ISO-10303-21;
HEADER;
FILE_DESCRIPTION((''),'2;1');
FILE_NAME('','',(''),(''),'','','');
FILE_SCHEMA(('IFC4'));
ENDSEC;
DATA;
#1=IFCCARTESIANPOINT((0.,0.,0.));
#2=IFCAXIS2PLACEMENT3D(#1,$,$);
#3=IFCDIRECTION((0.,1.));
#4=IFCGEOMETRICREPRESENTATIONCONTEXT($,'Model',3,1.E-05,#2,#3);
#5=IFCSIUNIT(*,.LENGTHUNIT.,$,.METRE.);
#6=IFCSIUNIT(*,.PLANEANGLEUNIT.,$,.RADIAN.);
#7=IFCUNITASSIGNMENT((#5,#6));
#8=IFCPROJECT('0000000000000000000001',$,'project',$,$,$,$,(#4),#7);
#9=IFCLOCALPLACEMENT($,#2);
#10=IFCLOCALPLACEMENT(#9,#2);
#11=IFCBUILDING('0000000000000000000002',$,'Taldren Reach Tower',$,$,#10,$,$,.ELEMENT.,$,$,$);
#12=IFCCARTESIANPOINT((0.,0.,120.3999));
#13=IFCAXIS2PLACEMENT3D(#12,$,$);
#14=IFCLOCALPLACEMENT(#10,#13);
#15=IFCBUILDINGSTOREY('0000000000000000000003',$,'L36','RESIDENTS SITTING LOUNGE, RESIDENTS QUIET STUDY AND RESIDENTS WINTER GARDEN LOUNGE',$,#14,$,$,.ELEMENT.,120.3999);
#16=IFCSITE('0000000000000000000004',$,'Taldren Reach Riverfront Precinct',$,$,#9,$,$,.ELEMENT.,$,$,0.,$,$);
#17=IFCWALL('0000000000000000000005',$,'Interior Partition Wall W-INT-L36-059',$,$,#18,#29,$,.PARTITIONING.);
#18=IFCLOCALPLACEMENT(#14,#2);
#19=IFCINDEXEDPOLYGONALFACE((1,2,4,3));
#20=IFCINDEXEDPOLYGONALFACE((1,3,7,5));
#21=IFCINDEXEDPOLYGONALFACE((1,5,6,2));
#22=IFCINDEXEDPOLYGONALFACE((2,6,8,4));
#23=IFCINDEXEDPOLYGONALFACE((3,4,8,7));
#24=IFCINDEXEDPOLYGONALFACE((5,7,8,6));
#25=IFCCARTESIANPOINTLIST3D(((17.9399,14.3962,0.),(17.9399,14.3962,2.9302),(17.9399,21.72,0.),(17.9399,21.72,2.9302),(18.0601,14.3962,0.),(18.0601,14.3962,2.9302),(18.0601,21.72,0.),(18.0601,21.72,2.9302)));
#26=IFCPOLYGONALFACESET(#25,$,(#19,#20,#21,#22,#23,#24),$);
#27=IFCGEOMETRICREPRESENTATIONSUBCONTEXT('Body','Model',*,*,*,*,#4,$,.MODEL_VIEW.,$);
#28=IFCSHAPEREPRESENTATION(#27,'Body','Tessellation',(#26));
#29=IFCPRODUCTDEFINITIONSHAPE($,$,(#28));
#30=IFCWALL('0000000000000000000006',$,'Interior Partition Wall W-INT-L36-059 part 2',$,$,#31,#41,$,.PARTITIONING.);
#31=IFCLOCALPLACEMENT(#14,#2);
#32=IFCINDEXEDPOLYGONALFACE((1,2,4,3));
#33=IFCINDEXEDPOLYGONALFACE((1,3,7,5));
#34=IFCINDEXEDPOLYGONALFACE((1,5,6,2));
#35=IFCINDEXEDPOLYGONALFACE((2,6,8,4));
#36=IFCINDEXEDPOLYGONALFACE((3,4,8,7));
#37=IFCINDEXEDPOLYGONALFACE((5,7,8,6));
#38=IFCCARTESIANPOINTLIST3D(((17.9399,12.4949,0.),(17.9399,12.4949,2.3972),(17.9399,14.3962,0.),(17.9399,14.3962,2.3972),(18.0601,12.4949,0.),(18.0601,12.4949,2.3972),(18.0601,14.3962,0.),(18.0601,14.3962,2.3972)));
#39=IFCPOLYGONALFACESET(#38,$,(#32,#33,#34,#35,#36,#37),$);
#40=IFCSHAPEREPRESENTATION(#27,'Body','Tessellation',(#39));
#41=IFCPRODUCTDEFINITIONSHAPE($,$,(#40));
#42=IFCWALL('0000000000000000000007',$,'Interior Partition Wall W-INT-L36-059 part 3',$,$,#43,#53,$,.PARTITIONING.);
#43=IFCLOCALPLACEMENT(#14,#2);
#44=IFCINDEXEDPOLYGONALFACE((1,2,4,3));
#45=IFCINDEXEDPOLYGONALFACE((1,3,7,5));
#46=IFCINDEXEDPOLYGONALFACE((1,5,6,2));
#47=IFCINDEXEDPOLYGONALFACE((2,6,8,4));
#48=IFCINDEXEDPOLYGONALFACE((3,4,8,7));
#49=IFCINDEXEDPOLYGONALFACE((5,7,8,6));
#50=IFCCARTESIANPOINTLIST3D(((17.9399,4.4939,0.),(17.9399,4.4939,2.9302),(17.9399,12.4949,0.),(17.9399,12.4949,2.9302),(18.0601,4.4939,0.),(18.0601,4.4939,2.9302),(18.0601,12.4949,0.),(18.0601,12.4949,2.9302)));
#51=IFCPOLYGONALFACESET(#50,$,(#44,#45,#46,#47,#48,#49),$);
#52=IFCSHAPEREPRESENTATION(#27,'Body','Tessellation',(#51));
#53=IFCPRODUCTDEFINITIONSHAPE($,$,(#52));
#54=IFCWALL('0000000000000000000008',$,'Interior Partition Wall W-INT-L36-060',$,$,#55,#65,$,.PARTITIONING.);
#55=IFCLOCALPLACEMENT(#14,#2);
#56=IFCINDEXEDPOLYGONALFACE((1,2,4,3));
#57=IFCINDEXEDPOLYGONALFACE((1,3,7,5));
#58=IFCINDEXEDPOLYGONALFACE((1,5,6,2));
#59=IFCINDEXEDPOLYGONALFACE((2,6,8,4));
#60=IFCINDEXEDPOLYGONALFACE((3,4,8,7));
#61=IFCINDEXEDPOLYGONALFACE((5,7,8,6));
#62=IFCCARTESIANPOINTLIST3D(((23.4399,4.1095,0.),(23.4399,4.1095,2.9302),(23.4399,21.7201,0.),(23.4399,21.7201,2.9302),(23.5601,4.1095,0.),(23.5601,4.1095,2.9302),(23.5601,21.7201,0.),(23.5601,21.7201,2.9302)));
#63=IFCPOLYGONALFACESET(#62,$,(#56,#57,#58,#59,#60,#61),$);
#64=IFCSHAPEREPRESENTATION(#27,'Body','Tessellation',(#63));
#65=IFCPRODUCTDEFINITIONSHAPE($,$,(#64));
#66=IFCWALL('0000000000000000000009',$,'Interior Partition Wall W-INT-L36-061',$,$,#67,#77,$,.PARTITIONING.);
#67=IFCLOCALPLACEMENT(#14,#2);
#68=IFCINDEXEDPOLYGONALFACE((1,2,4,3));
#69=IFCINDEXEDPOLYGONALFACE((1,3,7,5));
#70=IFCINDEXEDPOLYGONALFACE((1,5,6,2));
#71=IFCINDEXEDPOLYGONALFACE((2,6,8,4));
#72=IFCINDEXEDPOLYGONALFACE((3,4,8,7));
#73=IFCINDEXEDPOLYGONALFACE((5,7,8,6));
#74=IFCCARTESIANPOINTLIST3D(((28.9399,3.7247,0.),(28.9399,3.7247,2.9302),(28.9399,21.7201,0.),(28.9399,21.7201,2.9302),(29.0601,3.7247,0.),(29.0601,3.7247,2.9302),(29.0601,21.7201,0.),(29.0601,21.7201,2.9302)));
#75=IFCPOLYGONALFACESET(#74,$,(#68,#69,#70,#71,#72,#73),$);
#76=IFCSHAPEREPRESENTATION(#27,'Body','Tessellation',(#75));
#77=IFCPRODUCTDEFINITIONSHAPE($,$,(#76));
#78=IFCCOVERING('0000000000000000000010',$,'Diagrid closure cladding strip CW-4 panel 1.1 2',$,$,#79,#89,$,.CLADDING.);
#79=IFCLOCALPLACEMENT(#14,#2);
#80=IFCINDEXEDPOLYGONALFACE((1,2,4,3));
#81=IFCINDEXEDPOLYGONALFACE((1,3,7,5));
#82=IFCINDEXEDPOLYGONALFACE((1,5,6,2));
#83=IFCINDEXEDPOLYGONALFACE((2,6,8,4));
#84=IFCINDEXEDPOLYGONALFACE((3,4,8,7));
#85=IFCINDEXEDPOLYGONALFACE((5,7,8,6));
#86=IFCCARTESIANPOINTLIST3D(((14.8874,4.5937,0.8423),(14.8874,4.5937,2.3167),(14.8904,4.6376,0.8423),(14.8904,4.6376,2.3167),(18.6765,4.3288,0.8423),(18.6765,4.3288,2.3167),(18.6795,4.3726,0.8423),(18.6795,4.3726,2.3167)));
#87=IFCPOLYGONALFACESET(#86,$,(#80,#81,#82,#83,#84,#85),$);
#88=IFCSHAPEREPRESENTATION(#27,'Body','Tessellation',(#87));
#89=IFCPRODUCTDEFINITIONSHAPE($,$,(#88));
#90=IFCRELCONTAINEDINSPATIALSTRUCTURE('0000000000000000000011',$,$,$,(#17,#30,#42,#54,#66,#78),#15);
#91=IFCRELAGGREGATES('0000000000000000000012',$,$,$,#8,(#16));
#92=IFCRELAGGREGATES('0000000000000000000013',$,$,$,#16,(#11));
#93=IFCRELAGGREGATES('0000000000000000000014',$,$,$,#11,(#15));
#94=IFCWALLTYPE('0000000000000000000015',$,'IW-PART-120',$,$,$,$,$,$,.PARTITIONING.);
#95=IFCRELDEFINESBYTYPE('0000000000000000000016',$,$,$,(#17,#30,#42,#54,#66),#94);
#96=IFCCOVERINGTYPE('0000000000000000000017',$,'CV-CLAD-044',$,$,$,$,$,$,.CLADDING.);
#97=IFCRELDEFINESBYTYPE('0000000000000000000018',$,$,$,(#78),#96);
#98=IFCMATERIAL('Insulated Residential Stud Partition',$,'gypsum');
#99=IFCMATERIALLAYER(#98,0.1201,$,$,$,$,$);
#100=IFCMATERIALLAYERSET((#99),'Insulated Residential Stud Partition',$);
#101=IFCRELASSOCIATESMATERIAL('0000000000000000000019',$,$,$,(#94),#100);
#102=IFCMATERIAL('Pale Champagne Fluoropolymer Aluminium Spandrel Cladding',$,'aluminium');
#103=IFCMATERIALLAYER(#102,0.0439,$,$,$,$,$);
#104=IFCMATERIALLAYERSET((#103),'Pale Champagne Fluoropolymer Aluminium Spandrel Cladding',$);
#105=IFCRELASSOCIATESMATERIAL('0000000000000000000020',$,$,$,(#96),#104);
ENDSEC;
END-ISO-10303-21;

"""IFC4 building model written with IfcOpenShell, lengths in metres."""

from ifc_helpers import new_model, si_unit, direction, frame, frame_2d, origin, origin_2d, place, context, subcontext, project, spatial, rectangle, extrude, source, transform, mapped, material, layer, layer_set, type_object, element, save


model = new_model("IFC4")

# Units and contexts
model_context = context("Model", 3, precision=1e-05, world=origin(), true_north=direction((0.0, 1.0)))
body_context = subcontext(model_context, "Body", "Model", "MODEL_VIEW")
ifc_project = project(units=[si_unit("LENGTHUNIT", "METRE"), si_unit("PLANEANGLEUNIT", "RADIAN")], contexts=[model_context])

# Site, building, storey
site_placement = place(None, origin())
site = spatial("IfcSite", under=ifc_project, at=site_placement, Name="Taldren Reach Riverfront Precinct", CompositionType="ELEMENT", RefElevation=0.0)
building_placement = place(site_placement, origin())
building = spatial("IfcBuilding", under=site, at=building_placement, Name="Taldren Reach Tower", CompositionType="ELEMENT")
storey_placement = place(building_placement, frame((0.0, 0.0, 120.3999)))
storey = spatial("IfcBuildingStorey", under=building, at=storey_placement, Name="L36", Description="RESIDENTS SITTING LOUNGE, RESIDENTS QUIET STUDY AND RESIDENTS WINTER GARDEN LOUNGE", CompositionType="ELEMENT", Elevation=120.3999)

# Walls
ifc_material_1 = material(Name="Insulated Residential Stud Partition", Category="gypsum")
ifc_layer_1 = layer(ifc_material_1, 0.1201)
ifc_layer_set_1 = layer_set([ifc_layer_1], Name="Insulated Residential Stud Partition")
wall_type_1 = type_object("IfcWallType", Name="IW-PART-120", PredefinedType="PARTITIONING", material=ifc_layer_set_1)
shared_shape_1 = source(origin(), body_context, "Body", "SweptSolid", [
    extrude(rectangle(XDim=7.3237, YDim=0.1201, at=frame_2d((3.6619, 0.0))), origin(), (0.0, 0.0, 1.0), 2.9302),
])
wall_1_placement = place(storey_placement, frame((18.0, 21.72, 0.0), z_axis=(0.0, 0.0, 1.0), x_axis=(0.0, -1.0, 0.0)))
element("IfcWall", 1, at=wall_1_placement, inside=storey, type_object=wall_type_1, Name="Interior Partition Wall W-INT-L36-059", PredefinedType="PARTITIONING", context=body_context, shape_type="MappedRepresentation", body=[
    mapped(shared_shape_1, transform((0.0, 0.0, 0.0), scale=1.0)),
])
shared_shape_2 = source(origin(), body_context, "Body", "SweptSolid", [
    extrude(rectangle(XDim=1.9014, YDim=0.1201, at=frame_2d((0.9507, 0.0))), origin(), (0.0, 0.0, 1.0), 2.3972),
])
wall_2_placement = place(storey_placement, frame((18.0, 14.3962, 0.0), z_axis=(0.0, 0.0, 1.0), x_axis=(0.0, -1.0, 0.0)))
element("IfcWall", 2, at=wall_2_placement, inside=storey, type_object=wall_type_1, Name="Interior Partition Wall W-INT-L36-059 part 2", PredefinedType="PARTITIONING", context=body_context, shape_type="MappedRepresentation", body=[
    mapped(shared_shape_2, transform((0.0, 0.0, 0.0), scale=1.0)),
])
shared_shape_3 = source(origin(), body_context, "Body", "SweptSolid", [
    extrude(rectangle(XDim=8.001, YDim=0.1201, at=frame_2d((4.0005, 0.0))), origin(), (0.0, 0.0, 1.0), 2.9302),
])
wall_3_placement = place(storey_placement, frame((18.0, 12.4949, 0.0), z_axis=(0.0, 0.0, 1.0), x_axis=(0.0, -1.0, 0.0)))
element("IfcWall", 3, at=wall_3_placement, inside=storey, type_object=wall_type_1, Name="Interior Partition Wall W-INT-L36-059 part 3", PredefinedType="PARTITIONING", context=body_context, shape_type="MappedRepresentation", body=[
    mapped(shared_shape_3, transform((0.0, 0.0, 0.0), scale=1.0)),
])
shared_shape_4 = source(origin(), body_context, "Body", "SweptSolid", [
    extrude(rectangle(XDim=17.6106, YDim=0.1201, at=frame_2d((8.8052, 0.0))), origin(), (0.0, 0.0, 1.0), 2.9302),
])
wall_4_placement = place(storey_placement, frame((23.5, 21.72, 0.0), z_axis=(0.0, 0.0, 1.0), x_axis=(0.0, -1.0, 0.0)))
element("IfcWall", 4, at=wall_4_placement, inside=storey, type_object=wall_type_1, Name="Interior Partition Wall W-INT-L36-060", PredefinedType="PARTITIONING", context=body_context, shape_type="MappedRepresentation", body=[
    mapped(shared_shape_4, transform((0.0, 0.0, 0.0), scale=1.0)),
])
shared_shape_5 = source(origin(), body_context, "Body", "SweptSolid", [
    extrude(rectangle(XDim=17.9954, YDim=0.1201, at=frame_2d((8.9976, 0.0))), origin(), (0.0, 0.0, 1.0), 2.9302),
])
wall_5_placement = place(storey_placement, frame((29.0, 21.72, 0.0), z_axis=(0.0, 0.0, 1.0), x_axis=(0.0, -1.0, 0.0)))
element("IfcWall", 5, at=wall_5_placement, inside=storey, type_object=wall_type_1, Name="Interior Partition Wall W-INT-L36-061", PredefinedType="PARTITIONING", context=body_context, shape_type="MappedRepresentation", body=[
    mapped(shared_shape_5, transform((0.0, 0.0, 0.0), scale=1.0)),
])

# Covering
ifc_material_2 = material(Name="Pale Champagne Fluoropolymer Aluminium Spandrel Cladding", Category="aluminium")
ifc_layer_2 = layer(ifc_material_2, 0.0439)
ifc_layer_set_2 = layer_set([ifc_layer_2], Name="Pale Champagne Fluoropolymer Aluminium Spandrel Cladding")
covering_type = type_object("IfcCoveringType", Name="CV-CLAD-044", PredefinedType="CLADDING", material=ifc_layer_set_2)
shared_shape_6 = source(origin(), body_context, "Body", "SweptSolid", [
    extrude(rectangle(XDim=3.7983, YDim=0.0439, at=origin_2d()), origin(), (0.0, 0.0, 1.0), 1.4744),
])
covering_placement = place(storey_placement, frame((16.7834, 4.4832, 0.8423), z_axis=(0.0, 0.0, 1.0), x_axis=(0.997564, -0.069757, 0.0)))
element("IfcCovering", 6, at=covering_placement, inside=storey, type_object=covering_type, Name="Diagrid closure cladding strip CW-4 panel 1.1 2", PredefinedType="CLADDING", context=body_context, shape_type="MappedRepresentation", body=[
    mapped(shared_shape_6, transform((0.0, 0.0, 0.0), scale=1.0)),
])

save(model, "model.ifc")
